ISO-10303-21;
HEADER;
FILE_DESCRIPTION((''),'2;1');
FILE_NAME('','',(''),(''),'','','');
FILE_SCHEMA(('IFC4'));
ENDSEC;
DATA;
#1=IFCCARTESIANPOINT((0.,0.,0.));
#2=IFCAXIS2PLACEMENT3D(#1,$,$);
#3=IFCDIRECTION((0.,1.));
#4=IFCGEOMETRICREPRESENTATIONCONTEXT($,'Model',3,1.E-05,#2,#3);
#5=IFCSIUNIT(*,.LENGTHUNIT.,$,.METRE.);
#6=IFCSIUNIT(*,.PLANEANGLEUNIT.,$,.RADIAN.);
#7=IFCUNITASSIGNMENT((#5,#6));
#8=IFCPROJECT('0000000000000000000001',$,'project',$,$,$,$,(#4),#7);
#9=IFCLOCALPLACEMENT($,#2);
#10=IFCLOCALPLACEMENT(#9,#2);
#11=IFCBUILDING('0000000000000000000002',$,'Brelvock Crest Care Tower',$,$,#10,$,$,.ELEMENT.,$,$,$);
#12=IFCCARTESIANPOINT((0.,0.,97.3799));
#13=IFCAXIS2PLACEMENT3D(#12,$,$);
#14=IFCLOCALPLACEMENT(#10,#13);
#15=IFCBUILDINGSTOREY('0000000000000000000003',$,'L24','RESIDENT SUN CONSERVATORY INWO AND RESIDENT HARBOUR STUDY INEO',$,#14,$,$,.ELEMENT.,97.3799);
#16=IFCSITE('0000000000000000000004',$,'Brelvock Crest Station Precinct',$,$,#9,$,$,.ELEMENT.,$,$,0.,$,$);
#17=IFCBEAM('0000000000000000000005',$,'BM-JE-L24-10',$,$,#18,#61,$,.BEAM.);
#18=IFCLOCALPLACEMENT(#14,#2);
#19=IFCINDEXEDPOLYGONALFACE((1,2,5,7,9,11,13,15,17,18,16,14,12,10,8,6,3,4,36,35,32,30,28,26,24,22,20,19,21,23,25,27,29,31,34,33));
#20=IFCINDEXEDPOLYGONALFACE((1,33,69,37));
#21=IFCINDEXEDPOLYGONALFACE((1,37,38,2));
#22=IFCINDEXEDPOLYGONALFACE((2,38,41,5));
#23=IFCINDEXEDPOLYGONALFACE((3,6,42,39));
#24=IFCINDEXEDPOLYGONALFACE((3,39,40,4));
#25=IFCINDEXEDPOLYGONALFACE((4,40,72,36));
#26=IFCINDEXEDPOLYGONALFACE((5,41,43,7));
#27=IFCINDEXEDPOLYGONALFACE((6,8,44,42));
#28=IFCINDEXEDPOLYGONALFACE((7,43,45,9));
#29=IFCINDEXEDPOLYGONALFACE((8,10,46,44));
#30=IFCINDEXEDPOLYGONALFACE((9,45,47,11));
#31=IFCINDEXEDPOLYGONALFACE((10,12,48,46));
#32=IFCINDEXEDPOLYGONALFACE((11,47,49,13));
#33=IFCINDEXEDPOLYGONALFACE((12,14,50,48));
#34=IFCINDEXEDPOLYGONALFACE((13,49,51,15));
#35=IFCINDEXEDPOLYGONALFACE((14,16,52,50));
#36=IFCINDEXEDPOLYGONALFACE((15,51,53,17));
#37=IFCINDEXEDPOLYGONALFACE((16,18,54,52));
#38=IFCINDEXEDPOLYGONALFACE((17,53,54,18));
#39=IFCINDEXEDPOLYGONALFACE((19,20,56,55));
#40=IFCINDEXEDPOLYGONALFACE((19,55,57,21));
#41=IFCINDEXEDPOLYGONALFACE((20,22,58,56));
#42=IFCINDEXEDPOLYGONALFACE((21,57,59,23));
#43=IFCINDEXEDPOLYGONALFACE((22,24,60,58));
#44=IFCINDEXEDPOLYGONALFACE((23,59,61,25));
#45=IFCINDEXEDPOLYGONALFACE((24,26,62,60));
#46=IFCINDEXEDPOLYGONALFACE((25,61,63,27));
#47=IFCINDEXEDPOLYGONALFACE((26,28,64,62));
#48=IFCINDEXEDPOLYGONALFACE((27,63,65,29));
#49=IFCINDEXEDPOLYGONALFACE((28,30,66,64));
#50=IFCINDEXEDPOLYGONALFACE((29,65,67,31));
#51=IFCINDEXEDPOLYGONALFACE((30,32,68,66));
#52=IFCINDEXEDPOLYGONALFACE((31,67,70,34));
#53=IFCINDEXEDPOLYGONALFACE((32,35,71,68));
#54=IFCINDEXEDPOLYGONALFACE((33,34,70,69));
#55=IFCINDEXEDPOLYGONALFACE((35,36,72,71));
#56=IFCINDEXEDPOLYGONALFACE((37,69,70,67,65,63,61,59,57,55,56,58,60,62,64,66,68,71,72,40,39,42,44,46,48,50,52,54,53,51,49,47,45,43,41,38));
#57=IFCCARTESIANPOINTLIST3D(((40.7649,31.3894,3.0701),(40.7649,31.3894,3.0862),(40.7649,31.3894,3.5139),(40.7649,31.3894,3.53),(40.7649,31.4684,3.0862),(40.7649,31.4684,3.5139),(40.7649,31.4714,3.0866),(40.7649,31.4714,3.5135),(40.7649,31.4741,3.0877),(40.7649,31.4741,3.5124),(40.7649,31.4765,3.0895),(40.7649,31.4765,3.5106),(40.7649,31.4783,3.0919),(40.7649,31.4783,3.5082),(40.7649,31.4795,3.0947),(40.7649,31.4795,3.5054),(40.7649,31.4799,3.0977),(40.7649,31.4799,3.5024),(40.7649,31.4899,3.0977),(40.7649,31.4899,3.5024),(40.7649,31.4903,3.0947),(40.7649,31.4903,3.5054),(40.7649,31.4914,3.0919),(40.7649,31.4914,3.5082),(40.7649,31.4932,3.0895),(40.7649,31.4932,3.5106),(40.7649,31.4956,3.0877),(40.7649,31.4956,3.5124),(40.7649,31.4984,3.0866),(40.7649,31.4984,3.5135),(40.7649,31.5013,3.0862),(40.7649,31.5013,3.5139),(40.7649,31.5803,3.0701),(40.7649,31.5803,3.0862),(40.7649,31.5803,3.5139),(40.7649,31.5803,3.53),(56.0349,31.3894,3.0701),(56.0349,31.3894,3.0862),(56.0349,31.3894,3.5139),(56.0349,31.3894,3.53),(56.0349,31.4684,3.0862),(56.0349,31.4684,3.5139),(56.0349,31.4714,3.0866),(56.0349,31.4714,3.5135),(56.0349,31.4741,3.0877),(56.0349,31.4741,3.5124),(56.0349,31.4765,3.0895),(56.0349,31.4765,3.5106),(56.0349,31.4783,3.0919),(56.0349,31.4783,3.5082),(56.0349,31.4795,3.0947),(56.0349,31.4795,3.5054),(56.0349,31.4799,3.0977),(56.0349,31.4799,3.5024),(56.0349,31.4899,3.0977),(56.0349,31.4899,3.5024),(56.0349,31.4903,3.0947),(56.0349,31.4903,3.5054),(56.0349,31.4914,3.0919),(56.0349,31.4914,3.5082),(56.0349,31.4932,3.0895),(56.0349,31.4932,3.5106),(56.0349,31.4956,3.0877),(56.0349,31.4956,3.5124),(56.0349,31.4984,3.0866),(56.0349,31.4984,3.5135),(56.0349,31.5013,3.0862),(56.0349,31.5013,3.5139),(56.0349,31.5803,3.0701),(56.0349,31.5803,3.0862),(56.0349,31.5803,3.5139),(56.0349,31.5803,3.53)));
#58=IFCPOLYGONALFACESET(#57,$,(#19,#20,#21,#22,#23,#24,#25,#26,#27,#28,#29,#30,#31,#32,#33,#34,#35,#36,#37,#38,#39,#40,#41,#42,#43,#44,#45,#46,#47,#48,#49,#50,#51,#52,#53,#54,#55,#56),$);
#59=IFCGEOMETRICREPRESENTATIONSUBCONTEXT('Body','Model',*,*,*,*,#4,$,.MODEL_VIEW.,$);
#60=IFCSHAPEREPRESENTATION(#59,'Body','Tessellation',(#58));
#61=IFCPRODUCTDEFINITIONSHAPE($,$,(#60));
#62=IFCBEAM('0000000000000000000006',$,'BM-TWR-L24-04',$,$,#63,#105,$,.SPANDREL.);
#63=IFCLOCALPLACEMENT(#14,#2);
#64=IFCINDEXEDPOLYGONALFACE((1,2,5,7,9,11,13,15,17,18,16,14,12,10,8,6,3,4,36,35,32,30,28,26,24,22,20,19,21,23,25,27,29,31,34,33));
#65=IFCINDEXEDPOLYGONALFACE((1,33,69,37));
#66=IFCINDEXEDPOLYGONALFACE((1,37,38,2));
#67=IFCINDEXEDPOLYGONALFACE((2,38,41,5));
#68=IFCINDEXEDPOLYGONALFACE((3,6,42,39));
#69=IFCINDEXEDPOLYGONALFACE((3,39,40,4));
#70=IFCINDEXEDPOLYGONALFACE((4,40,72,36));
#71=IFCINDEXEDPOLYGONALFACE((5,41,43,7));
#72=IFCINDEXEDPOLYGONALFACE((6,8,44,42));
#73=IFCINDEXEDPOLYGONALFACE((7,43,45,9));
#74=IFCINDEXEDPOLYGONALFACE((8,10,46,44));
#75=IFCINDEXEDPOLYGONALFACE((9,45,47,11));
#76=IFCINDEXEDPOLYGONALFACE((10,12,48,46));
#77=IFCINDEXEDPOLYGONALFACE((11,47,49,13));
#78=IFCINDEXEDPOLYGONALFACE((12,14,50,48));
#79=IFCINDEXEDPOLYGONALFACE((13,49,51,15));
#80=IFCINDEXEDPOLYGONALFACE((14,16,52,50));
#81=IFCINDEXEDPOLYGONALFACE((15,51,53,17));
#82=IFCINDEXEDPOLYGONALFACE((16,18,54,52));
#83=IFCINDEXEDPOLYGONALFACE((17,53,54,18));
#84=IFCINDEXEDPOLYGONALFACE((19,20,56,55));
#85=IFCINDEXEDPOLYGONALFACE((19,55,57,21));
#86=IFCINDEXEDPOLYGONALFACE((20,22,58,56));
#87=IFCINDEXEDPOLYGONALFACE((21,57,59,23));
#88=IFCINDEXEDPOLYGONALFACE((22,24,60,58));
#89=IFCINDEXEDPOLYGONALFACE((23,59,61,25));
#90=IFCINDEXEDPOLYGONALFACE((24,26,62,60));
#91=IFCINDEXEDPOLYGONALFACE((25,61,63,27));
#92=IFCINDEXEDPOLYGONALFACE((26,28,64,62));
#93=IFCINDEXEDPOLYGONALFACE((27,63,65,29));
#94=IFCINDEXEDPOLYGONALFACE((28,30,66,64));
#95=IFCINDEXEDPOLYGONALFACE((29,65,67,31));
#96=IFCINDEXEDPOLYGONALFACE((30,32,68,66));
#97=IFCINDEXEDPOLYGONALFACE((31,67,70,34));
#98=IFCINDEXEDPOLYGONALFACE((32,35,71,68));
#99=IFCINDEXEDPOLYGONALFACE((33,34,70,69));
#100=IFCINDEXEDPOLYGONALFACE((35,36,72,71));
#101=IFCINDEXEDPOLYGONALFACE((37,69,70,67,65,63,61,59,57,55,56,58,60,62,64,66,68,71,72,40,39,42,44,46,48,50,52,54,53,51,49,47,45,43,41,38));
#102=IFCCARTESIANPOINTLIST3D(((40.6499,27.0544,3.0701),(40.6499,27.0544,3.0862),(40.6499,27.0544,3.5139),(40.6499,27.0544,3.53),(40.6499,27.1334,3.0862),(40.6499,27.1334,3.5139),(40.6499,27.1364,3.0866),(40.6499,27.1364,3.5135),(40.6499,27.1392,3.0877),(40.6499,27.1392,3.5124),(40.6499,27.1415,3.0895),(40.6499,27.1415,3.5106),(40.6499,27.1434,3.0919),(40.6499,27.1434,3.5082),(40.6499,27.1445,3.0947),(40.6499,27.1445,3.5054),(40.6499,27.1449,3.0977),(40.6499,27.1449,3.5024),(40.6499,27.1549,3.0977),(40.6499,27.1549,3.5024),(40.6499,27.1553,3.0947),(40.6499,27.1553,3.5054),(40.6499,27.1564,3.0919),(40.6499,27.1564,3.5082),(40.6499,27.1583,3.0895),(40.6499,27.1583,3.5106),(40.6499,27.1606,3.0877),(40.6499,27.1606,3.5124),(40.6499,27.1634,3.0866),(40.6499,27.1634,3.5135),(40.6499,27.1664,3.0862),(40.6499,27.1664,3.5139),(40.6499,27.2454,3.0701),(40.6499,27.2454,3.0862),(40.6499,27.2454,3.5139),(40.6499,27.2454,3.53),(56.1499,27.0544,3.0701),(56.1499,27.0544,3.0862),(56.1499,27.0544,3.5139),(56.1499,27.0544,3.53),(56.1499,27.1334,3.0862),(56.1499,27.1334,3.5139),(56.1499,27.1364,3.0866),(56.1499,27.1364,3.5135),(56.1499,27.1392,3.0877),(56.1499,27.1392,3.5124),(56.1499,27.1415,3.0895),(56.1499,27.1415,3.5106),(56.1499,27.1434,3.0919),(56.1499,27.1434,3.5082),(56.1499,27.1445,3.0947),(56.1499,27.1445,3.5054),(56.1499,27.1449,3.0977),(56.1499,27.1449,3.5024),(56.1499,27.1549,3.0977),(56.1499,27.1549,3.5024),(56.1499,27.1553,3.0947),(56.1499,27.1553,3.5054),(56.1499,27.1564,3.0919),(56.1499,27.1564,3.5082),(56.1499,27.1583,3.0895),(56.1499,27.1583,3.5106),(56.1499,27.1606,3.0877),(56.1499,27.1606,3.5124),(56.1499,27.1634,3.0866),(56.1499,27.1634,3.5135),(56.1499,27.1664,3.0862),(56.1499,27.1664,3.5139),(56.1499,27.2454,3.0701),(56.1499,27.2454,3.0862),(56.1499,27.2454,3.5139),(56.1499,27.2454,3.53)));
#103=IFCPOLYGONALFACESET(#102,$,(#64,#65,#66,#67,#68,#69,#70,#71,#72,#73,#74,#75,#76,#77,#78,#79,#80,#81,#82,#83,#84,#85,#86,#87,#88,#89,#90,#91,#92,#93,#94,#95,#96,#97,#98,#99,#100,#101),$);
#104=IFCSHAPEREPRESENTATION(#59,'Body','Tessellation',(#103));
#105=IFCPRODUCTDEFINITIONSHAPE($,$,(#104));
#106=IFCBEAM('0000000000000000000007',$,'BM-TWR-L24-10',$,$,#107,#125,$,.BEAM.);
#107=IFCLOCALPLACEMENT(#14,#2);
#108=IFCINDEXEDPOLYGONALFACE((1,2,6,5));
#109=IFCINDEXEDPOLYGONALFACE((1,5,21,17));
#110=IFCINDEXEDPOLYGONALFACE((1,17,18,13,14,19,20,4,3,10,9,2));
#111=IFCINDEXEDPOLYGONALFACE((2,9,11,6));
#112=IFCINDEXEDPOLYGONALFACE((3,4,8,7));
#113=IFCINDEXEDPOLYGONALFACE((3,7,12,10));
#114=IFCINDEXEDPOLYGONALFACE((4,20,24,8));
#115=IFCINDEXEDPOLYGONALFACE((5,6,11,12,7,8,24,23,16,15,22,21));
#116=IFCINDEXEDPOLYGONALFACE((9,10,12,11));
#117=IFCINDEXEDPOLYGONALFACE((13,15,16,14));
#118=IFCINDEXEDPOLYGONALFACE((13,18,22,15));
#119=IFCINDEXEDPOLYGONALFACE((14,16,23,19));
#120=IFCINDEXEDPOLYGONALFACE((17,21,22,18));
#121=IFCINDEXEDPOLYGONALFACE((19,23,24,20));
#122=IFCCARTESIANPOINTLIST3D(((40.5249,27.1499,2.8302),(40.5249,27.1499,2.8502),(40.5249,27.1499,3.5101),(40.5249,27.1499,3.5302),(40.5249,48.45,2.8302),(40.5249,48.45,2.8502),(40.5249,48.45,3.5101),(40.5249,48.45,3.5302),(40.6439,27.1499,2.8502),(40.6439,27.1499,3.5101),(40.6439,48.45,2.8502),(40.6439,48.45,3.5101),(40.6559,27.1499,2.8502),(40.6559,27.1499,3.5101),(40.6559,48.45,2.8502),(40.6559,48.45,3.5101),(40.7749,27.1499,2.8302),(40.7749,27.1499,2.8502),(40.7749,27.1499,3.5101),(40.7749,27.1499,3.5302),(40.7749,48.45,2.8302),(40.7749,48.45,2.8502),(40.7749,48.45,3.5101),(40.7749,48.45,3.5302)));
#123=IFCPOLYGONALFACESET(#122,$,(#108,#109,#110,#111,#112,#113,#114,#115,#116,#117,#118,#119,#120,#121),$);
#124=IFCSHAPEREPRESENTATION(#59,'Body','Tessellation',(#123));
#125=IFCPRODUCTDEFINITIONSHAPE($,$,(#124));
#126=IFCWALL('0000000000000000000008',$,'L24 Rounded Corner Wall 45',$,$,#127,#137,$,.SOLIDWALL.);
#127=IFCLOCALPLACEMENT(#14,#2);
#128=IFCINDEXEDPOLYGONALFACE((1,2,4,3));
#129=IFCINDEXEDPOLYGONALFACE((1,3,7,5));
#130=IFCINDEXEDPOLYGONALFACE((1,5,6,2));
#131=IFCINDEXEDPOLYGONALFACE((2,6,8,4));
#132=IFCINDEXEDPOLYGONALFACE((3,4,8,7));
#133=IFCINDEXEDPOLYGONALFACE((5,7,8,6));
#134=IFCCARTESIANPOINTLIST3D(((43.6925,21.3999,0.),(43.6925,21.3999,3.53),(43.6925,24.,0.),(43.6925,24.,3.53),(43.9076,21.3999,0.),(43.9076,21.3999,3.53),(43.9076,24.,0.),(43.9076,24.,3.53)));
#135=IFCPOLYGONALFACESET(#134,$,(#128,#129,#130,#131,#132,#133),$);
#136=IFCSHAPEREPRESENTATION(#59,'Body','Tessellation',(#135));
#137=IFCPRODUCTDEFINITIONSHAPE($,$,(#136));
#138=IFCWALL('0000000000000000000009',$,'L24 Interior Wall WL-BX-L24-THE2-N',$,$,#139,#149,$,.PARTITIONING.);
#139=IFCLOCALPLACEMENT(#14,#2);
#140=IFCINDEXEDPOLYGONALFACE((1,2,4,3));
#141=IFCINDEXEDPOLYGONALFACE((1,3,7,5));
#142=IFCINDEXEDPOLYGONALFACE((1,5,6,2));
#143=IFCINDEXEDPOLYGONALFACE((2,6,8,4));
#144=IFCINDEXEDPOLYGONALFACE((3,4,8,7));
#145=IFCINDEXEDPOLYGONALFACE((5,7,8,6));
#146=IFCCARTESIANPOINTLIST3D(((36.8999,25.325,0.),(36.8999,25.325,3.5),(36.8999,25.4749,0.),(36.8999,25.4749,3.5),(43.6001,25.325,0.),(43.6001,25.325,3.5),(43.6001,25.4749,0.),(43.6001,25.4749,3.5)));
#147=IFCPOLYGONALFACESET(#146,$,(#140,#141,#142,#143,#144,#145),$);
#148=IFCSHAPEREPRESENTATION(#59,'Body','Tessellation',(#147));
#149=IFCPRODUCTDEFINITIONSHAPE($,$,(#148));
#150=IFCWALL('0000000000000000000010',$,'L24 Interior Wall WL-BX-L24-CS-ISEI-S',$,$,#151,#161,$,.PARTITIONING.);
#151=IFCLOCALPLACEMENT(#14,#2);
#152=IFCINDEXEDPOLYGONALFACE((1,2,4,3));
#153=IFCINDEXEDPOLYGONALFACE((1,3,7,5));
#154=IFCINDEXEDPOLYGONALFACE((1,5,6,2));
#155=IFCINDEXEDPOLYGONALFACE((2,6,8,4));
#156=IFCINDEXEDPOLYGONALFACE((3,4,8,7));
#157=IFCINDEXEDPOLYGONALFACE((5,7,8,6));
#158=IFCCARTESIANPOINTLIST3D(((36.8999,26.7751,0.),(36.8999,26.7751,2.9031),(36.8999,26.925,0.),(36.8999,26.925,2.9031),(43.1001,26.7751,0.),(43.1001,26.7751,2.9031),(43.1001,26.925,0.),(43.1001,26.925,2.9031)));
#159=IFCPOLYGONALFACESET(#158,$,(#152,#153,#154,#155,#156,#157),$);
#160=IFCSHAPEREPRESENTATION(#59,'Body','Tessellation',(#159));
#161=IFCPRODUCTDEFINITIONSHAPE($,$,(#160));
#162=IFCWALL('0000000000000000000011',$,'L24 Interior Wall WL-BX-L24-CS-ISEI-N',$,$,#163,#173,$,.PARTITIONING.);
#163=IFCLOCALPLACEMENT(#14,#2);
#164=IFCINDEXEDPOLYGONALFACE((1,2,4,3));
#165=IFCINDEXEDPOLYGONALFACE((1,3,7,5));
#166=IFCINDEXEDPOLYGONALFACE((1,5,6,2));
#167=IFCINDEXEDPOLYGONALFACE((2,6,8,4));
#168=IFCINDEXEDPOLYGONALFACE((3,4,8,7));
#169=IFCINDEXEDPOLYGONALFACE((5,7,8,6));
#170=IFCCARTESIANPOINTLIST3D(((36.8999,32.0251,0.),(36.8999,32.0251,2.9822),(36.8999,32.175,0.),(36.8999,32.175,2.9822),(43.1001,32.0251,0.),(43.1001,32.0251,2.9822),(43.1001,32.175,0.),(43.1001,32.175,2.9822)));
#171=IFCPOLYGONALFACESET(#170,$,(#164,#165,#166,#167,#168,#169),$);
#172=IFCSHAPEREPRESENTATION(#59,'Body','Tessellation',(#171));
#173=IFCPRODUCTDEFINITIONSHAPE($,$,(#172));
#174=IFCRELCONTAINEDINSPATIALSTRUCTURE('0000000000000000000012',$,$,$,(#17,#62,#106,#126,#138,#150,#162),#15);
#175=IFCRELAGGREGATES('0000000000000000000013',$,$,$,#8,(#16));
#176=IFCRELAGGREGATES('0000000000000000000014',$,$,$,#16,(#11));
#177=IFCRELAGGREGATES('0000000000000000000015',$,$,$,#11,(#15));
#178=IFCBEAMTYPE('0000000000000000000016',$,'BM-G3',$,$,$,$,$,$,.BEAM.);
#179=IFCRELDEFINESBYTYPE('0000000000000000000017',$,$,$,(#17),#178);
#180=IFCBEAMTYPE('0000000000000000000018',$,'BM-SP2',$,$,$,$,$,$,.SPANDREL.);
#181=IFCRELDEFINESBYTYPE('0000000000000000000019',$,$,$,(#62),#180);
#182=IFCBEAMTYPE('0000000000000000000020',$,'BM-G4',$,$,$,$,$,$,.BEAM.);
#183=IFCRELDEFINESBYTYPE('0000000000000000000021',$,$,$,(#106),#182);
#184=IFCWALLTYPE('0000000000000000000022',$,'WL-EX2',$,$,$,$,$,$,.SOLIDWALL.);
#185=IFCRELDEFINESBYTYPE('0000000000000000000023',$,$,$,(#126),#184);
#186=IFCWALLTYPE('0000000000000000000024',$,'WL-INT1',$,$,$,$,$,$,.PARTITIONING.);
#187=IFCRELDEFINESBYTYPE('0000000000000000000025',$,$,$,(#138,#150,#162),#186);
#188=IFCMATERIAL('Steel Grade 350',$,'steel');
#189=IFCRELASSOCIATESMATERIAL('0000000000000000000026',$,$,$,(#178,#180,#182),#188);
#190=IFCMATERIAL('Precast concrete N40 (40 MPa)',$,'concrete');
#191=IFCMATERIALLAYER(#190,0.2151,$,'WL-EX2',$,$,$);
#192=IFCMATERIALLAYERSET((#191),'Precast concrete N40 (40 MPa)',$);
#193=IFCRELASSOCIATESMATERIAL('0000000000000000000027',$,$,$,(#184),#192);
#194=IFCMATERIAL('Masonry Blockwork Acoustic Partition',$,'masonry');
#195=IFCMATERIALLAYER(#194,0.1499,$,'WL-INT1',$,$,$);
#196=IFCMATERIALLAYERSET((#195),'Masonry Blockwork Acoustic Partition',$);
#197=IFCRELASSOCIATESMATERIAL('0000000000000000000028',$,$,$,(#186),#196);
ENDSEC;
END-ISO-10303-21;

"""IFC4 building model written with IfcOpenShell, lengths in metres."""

from ifc_helpers import new_model, si_unit, direction, frame, frame_2d, origin, origin_2d, place, context, subcontext, project, spatial, rectangle, i_section, extrude, source, transform, mapped, material, layer, layer_set, material_profile, profile_set, type_object, element, save


model = new_model("IFC4")

# Units and contexts
model_context = context("Model", 3, precision=1e-05, world=origin(), true_north=direction((0.0, 1.0)))
body_context = subcontext(model_context, "Body", "Model", "MODEL_VIEW")
ifc_project = project(units=[si_unit("LENGTHUNIT", "METRE"), si_unit("PLANEANGLEUNIT", "RADIAN")], contexts=[model_context])

# Site, building, storey
site_placement = place(None, origin())
site = spatial("IfcSite", under=ifc_project, at=site_placement, Name="Brelvock Crest Station Precinct", CompositionType="ELEMENT", RefElevation=0.0)
building_placement = place(site_placement, origin())
building = spatial("IfcBuilding", under=site, at=building_placement, Name="Brelvock Crest Care Tower", CompositionType="ELEMENT")
storey_placement = place(building_placement, frame((0.0, 0.0, 97.3799)))
storey = spatial("IfcBuildingStorey", under=building, at=storey_placement, Name="L24", Description="RESIDENT SUN CONSERVATORY INWO AND RESIDENT HARBOUR STUDY INEO", CompositionType="ELEMENT", Elevation=97.3799)

# Shared definitions
ifc_material_1 = material(Name="Steel Grade 350", Category="steel")

# Beams
ifc_material_profile_1 = material_profile(ifc_material_1, i_section(OverallWidth=0.1909, OverallDepth=0.46, WebThickness=0.01, FlangeThickness=0.0161, FilletRadius=0.0115, at=origin_2d()), Name="460UB82.1")
ifc_profile_set_1 = profile_set([ifc_material_profile_1], Name="Steel Grade 350")
beam_type_1 = type_object("IfcBeamType", Name="BM-G3", PredefinedType="BEAM", material=ifc_profile_set_1)
shared_shape_1 = source(origin(), body_context, "Body", "SweptSolid", [
    extrude(i_section(OverallWidth=0.1909, OverallDepth=0.46, WebThickness=0.01, FlangeThickness=0.0161, FilletRadius=0.0115, at=origin_2d()), origin(), (0.0, 0.0, 1.0), 15.27),
])
for number, where, z_axis, x_axis, name in (
    (1, (40.7649, 31.4849, 3.3), (1.0, 0.0, 0.0), (0.0, 1.0, 0.0), "BM-JE-L24-10"),
):
    element("IfcBeam", number, at=place(storey_placement, frame(where, z_axis=z_axis, x_axis=x_axis)), inside=storey, type_object=beam_type_1, Name=name, PredefinedType="BEAM", context=body_context, shape_type="MappedRepresentation", body=[
        mapped(shared_shape_1, transform((0.0, 0.0, 0.0), x_axis=(1.0, 0.0, 0.0), y_axis=(0.0, 1.0, 0.0), z_axis=(0.0, 0.0, 1.0), scale=1.0)),
    ])
ifc_material_profile_2 = material_profile(ifc_material_1, i_section(OverallWidth=0.1909, OverallDepth=0.46, WebThickness=0.01, FlangeThickness=0.0161, FilletRadius=0.0115, at=origin_2d()), Name="460UB82.1")
ifc_profile_set_2 = profile_set([ifc_material_profile_2], Name="Steel Grade 350")
beam_type_2 = type_object("IfcBeamType", Name="BM-SP2", PredefinedType="SPANDREL", material=ifc_profile_set_2)
shared_shape_2 = source(origin(), body_context, "Body", "SweptSolid", [
    extrude(i_section(OverallWidth=0.1909, OverallDepth=0.46, WebThickness=0.01, FlangeThickness=0.0161, FilletRadius=0.0115, at=origin_2d()), origin(), (0.0, 0.0, 1.0), 15.5),
])
beam_1_placement = place(storey_placement, frame((40.6499, 27.1499, 3.3), z_axis=(1.0, 0.0, 0.0), x_axis=(0.0, 1.0, 0.0)))
element("IfcBeam", 2, at=beam_1_placement, inside=storey, type_object=beam_type_2, Name="BM-TWR-L24-04", PredefinedType="SPANDREL", context=body_context, shape_type="MappedRepresentation", body=[
    mapped(shared_shape_2, transform((0.0, 0.0, 0.0), x_axis=(1.0, 0.0, 0.0), y_axis=(0.0, 1.0, 0.0), z_axis=(0.0, 0.0, 1.0), scale=1.0)),
])
ifc_material_profile_3 = material_profile(ifc_material_1, i_section(OverallWidth=0.25, OverallDepth=0.7, WebThickness=0.012, FlangeThickness=0.02, at=origin_2d()), Name="700WB150")
ifc_profile_set_3 = profile_set([ifc_material_profile_3], Name="Steel Grade 350")
beam_type_3 = type_object("IfcBeamType", Name="BM-G4", PredefinedType="BEAM", material=ifc_profile_set_3)
shared_shape_3 = source(origin(), body_context, "Body", "SweptSolid", [
    extrude(i_section(OverallWidth=0.25, OverallDepth=0.7, WebThickness=0.012, FlangeThickness=0.02, at=origin_2d()), origin(), (0.0, 0.0, 1.0), 21.3),
])
beam_2_placement = place(storey_placement, frame((40.6499, 27.1499, 3.1802), z_axis=(0.0, 1.0, 0.0), x_axis=(-1.0, 0.0, 0.0)))
element("IfcBeam", 3, at=beam_2_placement, inside=storey, type_object=beam_type_3, Name="BM-TWR-L24-10", PredefinedType="BEAM", context=body_context, shape_type="MappedRepresentation", body=[
    mapped(shared_shape_3, transform((0.0, 0.0, 0.0), x_axis=(1.0, 0.0, 0.0), y_axis=(0.0, 1.0, 0.0), z_axis=(0.0, 0.0, 1.0), scale=1.0)),
])

# Walls
ifc_material_2 = material(Name="Precast concrete N40 (40 MPa)", Category="concrete")
ifc_layer_1 = layer(ifc_material_2, 0.2151, Name="WL-EX2")
ifc_layer_set_1 = layer_set([ifc_layer_1], Name="Precast concrete N40 (40 MPa)")
wall_type_1 = type_object("IfcWallType", Name="WL-EX2", PredefinedType="SOLIDWALL", material=ifc_layer_set_1)
wall_1_placement = place(storey_placement, frame((43.8, 24.0, 0.0), z_axis=(0.0, 0.0, 1.0), x_axis=(0.0, -1.0, 0.0)))
element("IfcWall", 4, at=wall_1_placement, inside=storey, type_object=wall_type_1, Name="L24 Rounded Corner Wall 45", PredefinedType="SOLIDWALL", context=body_context, shape_type="SweptSolid", body=[
    extrude(rectangle(XDim=2.6001, YDim=0.2151, at=frame_2d((1.3, 0.0))), origin(), (0.0, 0.0, 1.0), 3.53),
])
ifc_material_3 = material(Name="Masonry Blockwork Acoustic Partition", Category="masonry")
ifc_layer_2 = layer(ifc_material_3, 0.1499, Name="WL-INT1")
ifc_layer_set_2 = layer_set([ifc_layer_2], Name="Masonry Blockwork Acoustic Partition")
wall_type_2 = type_object("IfcWallType", Name="WL-INT1", PredefinedType="PARTITIONING", material=ifc_layer_set_2)
wall_2_placement = place(storey_placement, frame((36.8999, 25.3999, 0.0), z_axis=(0.0, 0.0, 1.0), x_axis=(1.0, 0.0, 0.0)))
element("IfcWall", 5, at=wall_2_placement, inside=storey, type_object=wall_type_2, Name="L24 Interior Wall WL-BX-L24-THE2-N", PredefinedType="PARTITIONING", context=body_context, shape_type="SweptSolid", body=[
    extrude(rectangle(XDim=6.7002, YDim=0.1499, at=frame_2d((3.3501, 0.0))), origin(), (0.0, 0.0, 1.0), 3.5),
])
wall_3_placement = place(storey_placement, frame((36.8999, 26.8501, 0.0), z_axis=(0.0, 0.0, 1.0), x_axis=(1.0, 0.0, 0.0)))
element("IfcWall", 6, at=wall_3_placement, inside=storey, type_object=wall_type_2, Name="L24 Interior Wall WL-BX-L24-CS-ISEI-S", PredefinedType="PARTITIONING", context=body_context, shape_type="SweptSolid", body=[
    extrude(rectangle(XDim=6.2002, YDim=0.1499, at=frame_2d((3.1001, 0.0))), origin(), (0.0, 0.0, 1.0), 2.9031),
])
wall_4_placement = place(storey_placement, frame((36.8999, 32.1001, 0.0), z_axis=(0.0, 0.0, 1.0), x_axis=(1.0, 0.0, 0.0)))
element("IfcWall", 7, at=wall_4_placement, inside=storey, type_object=wall_type_2, Name="L24 Interior Wall WL-BX-L24-CS-ISEI-N", PredefinedType="PARTITIONING", context=body_context, shape_type="SweptSolid", body=[
    extrude(rectangle(XDim=6.2002, YDim=0.1499, at=frame_2d((3.1001, 0.0))), origin(), (0.0, 0.0, 1.0), 2.9822),
])

save(model, "model.ifc")
